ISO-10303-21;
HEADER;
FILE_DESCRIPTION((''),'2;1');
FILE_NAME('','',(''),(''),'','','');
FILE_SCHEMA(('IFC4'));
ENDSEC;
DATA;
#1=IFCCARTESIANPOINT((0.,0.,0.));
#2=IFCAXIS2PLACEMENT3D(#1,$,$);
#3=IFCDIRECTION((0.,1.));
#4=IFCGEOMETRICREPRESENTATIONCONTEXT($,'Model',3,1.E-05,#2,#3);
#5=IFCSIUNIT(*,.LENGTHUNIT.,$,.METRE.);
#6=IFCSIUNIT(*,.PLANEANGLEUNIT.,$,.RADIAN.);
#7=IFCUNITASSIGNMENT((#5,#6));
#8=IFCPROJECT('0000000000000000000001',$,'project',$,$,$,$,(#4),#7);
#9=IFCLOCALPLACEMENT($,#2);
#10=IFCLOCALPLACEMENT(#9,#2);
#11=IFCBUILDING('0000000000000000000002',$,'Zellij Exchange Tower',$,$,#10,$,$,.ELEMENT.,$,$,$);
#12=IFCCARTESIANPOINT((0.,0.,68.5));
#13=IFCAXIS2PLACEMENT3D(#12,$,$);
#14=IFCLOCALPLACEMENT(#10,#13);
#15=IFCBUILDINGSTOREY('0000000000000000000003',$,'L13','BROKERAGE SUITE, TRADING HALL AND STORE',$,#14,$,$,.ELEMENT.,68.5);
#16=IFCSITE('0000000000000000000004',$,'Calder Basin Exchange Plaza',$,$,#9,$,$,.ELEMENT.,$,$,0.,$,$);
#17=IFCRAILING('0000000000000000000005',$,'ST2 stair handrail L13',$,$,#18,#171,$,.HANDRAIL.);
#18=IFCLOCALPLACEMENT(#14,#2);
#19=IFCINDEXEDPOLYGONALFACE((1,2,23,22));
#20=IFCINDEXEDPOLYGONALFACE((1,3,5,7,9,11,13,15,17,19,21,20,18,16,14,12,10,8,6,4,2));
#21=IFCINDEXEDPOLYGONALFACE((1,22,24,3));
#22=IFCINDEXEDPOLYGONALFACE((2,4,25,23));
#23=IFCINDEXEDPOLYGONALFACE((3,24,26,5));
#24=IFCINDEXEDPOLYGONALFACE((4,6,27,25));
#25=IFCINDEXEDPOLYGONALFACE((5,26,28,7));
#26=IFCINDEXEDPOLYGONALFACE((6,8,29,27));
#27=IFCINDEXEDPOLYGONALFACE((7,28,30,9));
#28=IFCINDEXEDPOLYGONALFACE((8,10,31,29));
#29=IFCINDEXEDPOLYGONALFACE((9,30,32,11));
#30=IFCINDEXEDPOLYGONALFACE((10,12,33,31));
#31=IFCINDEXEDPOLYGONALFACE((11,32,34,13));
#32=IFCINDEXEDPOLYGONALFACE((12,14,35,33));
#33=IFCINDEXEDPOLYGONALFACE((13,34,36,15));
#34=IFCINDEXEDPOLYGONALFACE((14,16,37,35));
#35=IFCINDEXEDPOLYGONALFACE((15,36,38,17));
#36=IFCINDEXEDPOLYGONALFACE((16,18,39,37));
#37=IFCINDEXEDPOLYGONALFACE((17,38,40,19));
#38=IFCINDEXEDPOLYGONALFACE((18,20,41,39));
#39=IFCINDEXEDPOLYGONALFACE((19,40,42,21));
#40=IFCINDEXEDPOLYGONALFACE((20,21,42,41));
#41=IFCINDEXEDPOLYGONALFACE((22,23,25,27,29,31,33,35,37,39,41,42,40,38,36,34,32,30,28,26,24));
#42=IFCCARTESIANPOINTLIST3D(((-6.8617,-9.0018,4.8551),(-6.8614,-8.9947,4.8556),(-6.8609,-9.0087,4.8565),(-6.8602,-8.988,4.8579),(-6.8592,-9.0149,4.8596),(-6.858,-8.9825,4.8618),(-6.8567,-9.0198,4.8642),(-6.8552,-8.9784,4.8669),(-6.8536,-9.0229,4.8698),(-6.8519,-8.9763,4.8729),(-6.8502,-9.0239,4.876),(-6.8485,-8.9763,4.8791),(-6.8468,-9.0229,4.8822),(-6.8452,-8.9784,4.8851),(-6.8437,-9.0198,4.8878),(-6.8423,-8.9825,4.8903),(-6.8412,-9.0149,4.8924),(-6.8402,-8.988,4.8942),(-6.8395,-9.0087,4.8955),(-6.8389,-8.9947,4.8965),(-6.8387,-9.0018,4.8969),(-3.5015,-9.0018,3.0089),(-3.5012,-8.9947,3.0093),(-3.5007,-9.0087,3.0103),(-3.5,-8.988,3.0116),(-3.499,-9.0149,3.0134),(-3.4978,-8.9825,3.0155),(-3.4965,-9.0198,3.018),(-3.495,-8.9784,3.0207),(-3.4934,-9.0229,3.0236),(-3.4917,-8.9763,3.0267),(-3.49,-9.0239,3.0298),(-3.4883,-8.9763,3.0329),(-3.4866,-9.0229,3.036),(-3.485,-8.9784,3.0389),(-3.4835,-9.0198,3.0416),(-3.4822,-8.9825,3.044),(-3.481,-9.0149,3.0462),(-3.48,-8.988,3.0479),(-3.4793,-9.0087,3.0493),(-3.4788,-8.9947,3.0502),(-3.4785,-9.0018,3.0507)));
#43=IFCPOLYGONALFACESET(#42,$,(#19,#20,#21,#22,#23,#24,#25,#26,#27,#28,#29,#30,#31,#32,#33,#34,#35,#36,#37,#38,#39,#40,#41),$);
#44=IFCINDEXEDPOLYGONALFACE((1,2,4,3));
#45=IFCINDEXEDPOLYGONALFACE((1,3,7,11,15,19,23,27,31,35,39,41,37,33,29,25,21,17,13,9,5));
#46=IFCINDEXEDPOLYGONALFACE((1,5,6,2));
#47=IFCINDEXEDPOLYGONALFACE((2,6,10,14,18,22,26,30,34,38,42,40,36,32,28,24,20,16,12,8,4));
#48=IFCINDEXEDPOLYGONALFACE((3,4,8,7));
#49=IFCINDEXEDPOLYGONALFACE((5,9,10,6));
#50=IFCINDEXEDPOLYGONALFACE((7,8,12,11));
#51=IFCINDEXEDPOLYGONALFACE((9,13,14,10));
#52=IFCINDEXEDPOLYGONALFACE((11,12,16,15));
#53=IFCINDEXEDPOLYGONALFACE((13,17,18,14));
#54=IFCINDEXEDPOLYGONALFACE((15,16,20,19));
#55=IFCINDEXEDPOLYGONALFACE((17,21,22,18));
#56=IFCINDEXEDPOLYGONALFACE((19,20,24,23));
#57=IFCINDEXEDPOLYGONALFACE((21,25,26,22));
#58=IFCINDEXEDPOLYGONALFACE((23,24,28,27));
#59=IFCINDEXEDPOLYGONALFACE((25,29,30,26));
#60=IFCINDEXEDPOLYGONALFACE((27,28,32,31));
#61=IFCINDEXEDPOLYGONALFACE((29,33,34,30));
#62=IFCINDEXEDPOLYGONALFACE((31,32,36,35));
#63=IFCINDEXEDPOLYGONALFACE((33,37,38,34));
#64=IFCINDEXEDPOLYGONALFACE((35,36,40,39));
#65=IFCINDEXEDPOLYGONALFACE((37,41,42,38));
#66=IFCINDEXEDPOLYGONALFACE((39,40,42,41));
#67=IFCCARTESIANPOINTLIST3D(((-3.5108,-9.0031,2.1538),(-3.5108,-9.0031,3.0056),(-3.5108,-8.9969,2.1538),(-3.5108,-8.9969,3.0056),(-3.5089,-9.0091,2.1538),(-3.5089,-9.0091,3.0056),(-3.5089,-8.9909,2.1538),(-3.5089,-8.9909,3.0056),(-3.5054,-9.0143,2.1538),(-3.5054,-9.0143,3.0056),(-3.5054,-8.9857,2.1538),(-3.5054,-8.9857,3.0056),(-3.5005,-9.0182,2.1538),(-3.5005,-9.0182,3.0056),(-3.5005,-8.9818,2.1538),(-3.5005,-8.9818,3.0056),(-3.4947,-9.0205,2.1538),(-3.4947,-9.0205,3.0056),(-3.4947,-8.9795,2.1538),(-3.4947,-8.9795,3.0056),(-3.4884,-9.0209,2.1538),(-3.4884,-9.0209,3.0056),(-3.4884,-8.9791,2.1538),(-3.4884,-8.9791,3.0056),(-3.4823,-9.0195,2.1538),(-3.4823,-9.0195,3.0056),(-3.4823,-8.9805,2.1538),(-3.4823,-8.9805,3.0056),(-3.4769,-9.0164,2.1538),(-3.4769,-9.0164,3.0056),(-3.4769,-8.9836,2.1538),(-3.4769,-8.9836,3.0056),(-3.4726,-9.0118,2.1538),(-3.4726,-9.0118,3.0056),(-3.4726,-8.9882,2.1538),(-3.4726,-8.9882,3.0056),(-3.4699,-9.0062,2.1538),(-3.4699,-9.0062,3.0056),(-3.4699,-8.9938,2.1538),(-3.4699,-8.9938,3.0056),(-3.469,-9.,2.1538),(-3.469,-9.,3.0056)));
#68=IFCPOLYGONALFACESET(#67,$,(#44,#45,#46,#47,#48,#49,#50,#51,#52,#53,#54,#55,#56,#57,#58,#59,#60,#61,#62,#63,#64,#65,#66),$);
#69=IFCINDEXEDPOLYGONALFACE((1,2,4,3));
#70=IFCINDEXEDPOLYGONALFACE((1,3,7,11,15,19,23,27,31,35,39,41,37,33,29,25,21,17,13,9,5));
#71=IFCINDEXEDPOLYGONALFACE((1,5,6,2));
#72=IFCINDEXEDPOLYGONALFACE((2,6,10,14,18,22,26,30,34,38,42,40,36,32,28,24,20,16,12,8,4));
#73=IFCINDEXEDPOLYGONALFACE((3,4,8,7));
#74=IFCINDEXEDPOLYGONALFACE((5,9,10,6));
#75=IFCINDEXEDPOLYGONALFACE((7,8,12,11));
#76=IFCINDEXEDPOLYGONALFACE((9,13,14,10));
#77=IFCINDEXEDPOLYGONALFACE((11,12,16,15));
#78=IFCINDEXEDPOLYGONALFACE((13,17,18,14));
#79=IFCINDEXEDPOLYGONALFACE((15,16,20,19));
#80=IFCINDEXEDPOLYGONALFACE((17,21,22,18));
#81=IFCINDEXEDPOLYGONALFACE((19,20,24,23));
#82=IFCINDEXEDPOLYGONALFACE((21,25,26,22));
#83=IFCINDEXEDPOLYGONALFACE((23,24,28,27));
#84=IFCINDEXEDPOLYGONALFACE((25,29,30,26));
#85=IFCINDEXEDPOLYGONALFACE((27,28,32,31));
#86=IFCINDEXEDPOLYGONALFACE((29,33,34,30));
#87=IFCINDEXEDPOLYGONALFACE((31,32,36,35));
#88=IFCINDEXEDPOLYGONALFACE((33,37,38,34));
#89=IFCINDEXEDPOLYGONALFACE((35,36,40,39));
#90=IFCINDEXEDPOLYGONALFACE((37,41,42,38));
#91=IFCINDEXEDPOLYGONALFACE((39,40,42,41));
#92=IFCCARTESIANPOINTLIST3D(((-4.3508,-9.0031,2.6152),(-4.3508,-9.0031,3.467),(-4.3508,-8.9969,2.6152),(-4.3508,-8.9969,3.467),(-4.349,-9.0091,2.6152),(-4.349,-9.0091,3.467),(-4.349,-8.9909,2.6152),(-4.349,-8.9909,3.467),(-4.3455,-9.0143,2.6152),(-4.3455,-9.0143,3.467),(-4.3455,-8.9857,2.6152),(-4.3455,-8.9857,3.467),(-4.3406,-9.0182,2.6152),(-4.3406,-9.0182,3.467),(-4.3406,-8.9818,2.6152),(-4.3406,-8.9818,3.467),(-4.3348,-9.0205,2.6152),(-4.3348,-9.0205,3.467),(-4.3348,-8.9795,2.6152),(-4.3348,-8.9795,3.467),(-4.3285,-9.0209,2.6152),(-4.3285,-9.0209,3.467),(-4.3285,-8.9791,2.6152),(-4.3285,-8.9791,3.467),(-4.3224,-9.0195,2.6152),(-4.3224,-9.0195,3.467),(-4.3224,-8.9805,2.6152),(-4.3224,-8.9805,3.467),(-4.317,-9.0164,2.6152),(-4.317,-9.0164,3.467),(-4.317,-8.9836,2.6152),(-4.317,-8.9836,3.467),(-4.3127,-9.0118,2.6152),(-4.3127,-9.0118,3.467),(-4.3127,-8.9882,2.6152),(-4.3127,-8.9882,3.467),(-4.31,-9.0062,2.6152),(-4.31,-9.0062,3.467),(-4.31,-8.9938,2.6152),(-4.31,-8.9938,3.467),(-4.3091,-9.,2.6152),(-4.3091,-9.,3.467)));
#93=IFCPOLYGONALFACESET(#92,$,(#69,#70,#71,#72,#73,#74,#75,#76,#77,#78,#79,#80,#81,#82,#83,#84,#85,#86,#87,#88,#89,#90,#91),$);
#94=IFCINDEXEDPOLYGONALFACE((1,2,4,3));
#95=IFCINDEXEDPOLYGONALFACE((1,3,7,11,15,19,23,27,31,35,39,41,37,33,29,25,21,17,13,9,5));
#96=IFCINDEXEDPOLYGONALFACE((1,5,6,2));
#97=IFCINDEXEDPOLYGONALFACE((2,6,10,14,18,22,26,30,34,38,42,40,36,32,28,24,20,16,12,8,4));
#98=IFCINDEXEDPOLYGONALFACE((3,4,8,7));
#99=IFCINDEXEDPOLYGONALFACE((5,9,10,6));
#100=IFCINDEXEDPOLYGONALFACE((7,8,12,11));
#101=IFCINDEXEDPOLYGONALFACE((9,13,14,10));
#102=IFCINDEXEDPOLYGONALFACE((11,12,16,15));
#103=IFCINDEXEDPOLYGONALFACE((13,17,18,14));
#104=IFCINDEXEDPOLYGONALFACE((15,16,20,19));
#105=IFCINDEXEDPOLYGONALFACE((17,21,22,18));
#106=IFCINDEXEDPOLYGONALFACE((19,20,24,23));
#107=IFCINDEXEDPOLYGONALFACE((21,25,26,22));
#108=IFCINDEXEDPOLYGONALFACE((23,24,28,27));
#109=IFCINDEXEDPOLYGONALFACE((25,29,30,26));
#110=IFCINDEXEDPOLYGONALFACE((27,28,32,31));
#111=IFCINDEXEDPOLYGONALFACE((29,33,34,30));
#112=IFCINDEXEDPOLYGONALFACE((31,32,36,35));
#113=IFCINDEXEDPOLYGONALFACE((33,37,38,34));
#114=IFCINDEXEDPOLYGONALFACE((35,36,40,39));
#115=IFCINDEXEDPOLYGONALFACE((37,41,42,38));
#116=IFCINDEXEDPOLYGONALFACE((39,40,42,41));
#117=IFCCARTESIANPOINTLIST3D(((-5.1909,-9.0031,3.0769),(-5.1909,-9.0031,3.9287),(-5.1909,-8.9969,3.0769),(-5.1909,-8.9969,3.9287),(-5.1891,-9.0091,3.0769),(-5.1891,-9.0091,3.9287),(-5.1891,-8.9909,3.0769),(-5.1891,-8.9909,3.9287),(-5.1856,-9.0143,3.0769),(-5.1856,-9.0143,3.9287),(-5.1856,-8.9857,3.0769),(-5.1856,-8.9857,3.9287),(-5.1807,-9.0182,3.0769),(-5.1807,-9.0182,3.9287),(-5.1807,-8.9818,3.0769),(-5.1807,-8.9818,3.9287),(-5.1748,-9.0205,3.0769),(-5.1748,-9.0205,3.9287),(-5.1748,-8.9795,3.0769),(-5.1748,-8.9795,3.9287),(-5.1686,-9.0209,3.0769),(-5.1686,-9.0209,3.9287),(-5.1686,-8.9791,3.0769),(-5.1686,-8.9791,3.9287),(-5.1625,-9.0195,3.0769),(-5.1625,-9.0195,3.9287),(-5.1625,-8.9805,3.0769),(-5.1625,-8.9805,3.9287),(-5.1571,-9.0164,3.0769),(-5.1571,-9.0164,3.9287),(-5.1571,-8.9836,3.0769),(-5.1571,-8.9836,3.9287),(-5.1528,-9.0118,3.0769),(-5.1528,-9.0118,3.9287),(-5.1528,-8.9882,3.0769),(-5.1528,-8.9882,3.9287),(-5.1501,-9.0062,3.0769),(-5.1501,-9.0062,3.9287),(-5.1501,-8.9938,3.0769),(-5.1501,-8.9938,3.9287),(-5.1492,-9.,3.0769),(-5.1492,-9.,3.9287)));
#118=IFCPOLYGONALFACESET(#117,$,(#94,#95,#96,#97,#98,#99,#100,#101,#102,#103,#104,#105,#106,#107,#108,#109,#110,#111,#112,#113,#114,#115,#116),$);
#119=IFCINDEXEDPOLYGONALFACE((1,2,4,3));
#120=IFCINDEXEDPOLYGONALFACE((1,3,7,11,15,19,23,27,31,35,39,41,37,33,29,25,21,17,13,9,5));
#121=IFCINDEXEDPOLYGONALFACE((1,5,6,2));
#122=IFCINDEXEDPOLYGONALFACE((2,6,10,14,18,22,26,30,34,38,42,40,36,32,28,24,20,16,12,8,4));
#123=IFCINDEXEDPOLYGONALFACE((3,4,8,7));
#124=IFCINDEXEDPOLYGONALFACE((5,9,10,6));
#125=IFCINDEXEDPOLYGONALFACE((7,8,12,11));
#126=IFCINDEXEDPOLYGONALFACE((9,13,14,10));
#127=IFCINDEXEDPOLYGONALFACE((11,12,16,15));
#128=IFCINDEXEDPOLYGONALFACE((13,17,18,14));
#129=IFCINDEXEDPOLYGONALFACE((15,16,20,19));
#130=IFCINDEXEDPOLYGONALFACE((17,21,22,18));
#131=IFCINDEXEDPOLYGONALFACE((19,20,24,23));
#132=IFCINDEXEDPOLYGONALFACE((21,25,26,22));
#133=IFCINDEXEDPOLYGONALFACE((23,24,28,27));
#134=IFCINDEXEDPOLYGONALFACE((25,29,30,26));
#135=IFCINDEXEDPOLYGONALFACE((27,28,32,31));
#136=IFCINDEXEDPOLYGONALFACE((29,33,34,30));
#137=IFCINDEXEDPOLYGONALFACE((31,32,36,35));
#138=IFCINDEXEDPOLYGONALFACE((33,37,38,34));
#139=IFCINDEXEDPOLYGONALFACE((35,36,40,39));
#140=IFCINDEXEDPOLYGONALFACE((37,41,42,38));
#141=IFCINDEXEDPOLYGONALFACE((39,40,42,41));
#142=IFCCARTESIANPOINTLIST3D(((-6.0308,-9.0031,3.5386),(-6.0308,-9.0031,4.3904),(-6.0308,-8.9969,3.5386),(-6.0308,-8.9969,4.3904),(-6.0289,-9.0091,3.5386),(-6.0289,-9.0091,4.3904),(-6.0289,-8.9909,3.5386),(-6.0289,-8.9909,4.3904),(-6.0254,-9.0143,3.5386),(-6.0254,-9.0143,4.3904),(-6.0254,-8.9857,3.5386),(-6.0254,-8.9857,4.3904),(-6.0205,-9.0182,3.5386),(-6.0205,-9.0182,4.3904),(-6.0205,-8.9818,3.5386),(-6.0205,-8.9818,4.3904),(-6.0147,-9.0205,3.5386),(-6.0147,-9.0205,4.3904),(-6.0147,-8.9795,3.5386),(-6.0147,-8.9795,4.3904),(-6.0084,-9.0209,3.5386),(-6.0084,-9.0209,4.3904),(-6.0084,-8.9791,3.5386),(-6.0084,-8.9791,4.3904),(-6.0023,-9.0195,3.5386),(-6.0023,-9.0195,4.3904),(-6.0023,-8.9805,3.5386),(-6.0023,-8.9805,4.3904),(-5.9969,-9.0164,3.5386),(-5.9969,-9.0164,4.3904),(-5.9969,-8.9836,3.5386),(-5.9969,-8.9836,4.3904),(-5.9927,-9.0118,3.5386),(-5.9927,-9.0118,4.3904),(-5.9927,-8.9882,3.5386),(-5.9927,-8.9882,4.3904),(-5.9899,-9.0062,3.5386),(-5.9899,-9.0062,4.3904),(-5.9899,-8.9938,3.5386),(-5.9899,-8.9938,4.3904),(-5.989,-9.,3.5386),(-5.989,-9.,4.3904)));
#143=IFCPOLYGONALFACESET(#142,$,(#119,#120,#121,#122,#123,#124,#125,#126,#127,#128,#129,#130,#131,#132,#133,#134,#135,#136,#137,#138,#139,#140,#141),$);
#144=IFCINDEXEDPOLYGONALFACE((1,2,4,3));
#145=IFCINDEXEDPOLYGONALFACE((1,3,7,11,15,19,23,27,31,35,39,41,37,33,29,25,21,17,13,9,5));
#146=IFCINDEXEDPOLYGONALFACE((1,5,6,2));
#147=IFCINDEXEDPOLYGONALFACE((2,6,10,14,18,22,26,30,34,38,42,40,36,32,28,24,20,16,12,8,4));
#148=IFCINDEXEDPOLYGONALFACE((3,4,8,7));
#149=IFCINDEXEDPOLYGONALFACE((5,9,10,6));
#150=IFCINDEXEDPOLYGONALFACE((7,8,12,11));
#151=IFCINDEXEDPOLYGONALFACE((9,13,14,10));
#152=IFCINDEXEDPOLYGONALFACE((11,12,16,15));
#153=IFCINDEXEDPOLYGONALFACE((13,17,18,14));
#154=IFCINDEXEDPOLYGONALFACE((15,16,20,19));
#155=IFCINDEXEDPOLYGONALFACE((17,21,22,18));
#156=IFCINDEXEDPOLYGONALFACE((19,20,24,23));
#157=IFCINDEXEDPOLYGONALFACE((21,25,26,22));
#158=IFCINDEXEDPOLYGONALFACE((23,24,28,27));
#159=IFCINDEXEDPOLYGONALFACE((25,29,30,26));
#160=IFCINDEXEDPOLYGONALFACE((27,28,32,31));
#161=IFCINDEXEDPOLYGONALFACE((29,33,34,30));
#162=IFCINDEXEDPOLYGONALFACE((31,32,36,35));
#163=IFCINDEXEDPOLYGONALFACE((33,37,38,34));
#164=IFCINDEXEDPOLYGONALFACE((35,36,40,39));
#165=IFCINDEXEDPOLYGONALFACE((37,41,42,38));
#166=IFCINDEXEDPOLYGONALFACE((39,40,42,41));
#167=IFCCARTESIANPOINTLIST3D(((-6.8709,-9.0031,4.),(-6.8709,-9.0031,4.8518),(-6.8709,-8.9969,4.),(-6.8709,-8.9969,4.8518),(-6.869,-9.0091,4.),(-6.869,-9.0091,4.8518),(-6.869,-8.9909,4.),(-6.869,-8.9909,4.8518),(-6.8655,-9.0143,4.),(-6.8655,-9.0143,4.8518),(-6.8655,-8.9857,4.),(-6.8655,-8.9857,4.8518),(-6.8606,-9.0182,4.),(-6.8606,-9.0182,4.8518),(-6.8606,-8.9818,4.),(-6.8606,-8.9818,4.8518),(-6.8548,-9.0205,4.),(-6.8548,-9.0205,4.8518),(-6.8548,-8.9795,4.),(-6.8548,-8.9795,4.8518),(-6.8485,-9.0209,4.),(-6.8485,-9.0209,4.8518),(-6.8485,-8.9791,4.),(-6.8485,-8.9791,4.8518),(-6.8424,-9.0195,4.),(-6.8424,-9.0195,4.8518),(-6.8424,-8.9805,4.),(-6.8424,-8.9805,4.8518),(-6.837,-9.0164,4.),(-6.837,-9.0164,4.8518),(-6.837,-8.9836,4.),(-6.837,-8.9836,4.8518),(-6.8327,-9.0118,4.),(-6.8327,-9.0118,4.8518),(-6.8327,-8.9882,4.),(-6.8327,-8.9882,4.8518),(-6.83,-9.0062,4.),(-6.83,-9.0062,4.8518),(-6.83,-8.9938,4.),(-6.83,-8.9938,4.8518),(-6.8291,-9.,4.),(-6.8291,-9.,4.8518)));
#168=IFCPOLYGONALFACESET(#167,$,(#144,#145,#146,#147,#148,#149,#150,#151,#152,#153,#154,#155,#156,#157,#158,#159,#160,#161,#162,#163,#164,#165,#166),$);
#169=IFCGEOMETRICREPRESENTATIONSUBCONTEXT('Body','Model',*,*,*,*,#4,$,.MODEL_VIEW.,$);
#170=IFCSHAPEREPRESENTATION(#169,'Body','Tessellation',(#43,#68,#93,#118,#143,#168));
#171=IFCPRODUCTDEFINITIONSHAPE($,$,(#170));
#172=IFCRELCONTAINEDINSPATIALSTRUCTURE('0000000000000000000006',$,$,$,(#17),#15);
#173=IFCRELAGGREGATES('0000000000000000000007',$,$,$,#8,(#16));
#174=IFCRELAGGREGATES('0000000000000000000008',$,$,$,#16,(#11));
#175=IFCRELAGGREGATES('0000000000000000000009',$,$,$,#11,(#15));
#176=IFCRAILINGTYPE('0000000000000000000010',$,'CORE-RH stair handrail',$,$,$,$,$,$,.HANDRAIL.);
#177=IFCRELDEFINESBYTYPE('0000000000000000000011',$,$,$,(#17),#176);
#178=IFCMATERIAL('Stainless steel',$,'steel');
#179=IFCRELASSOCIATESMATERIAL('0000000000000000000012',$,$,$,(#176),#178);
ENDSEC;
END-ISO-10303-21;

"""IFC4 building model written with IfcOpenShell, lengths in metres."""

from ifc_helpers import new_model, si_unit, direction, frame, origin, origin_2d, place, context, subcontext, project, spatial, circle, extrude, material, type_object, element, save


model = new_model("IFC4")

# Units and contexts
model_context = context("Model", 3, precision=1e-05, world=origin(), true_north=direction((0.0, 1.0)))
body_context = subcontext(model_context, "Body", "Model", "MODEL_VIEW")
ifc_project = project(units=[si_unit("LENGTHUNIT", "METRE"), si_unit("PLANEANGLEUNIT", "RADIAN")], contexts=[model_context])

# Site, building, storey
site_placement = place(None, origin())
site = spatial("IfcSite", under=ifc_project, at=site_placement, Name="Calder Basin Exchange Plaza", CompositionType="ELEMENT", RefElevation=0.0)
building_placement = place(site_placement, origin())
building = spatial("IfcBuilding", under=site, at=building_placement, Name="Zellij Exchange Tower", CompositionType="ELEMENT")
storey_placement = place(building_placement, frame((0.0, 0.0, 68.5)))
storey = spatial("IfcBuildingStorey", under=building, at=storey_placement, Name="L13", Description="BROKERAGE SUITE, TRADING HALL AND STORE", CompositionType="ELEMENT", Elevation=68.5)

# Railing
ifc_material_1 = material(Name="Stainless steel", Category="steel")
railing_type_1 = type_object("IfcRailingType", Name="CORE-RH stair handrail", PredefinedType="HANDRAIL", material=ifc_material_1)
railing_1_placement = place(storey_placement, frame((-3.49, -9.0, 2.1538)))
element("IfcRailing", 1, at=railing_1_placement, inside=storey, type_object=railing_type_1, Name="ST2 stair handrail L13", PredefinedType="HANDRAIL", context=body_context, shape_type="SweptSolid", body=[
    extrude(circle(Radius=0.0239, at=origin_2d()), frame((0.0, 0.0, 0.876), z_axis=(-0.876422, 0.0, 0.481545), x_axis=(0.0, -1.0, 0.0)), (0.0, 0.0, 1.0), 3.834),
    extrude(circle(Radius=0.021, at=origin_2d()), origin(), (0.0, 0.0, 1.0), 0.8518),
    extrude(circle(Radius=0.021, at=origin_2d()), frame((-0.8401, 0.0, 0.4614)), (0.0, 0.0, 1.0), 0.8518),
    extrude(circle(Radius=0.021, at=origin_2d()), frame((-1.6802, 0.0, 0.9231)), (0.0, 0.0, 1.0), 0.8518),
    extrude(circle(Radius=0.021, at=origin_2d()), frame((-2.52, 0.0, 1.3848)), (0.0, 0.0, 1.0), 0.8518),
    extrude(circle(Radius=0.021, at=origin_2d()), frame((-3.3601, 0.0, 1.8462)), (0.0, 0.0, 1.0), 0.8518),
])

save(model, "model.ifc")
